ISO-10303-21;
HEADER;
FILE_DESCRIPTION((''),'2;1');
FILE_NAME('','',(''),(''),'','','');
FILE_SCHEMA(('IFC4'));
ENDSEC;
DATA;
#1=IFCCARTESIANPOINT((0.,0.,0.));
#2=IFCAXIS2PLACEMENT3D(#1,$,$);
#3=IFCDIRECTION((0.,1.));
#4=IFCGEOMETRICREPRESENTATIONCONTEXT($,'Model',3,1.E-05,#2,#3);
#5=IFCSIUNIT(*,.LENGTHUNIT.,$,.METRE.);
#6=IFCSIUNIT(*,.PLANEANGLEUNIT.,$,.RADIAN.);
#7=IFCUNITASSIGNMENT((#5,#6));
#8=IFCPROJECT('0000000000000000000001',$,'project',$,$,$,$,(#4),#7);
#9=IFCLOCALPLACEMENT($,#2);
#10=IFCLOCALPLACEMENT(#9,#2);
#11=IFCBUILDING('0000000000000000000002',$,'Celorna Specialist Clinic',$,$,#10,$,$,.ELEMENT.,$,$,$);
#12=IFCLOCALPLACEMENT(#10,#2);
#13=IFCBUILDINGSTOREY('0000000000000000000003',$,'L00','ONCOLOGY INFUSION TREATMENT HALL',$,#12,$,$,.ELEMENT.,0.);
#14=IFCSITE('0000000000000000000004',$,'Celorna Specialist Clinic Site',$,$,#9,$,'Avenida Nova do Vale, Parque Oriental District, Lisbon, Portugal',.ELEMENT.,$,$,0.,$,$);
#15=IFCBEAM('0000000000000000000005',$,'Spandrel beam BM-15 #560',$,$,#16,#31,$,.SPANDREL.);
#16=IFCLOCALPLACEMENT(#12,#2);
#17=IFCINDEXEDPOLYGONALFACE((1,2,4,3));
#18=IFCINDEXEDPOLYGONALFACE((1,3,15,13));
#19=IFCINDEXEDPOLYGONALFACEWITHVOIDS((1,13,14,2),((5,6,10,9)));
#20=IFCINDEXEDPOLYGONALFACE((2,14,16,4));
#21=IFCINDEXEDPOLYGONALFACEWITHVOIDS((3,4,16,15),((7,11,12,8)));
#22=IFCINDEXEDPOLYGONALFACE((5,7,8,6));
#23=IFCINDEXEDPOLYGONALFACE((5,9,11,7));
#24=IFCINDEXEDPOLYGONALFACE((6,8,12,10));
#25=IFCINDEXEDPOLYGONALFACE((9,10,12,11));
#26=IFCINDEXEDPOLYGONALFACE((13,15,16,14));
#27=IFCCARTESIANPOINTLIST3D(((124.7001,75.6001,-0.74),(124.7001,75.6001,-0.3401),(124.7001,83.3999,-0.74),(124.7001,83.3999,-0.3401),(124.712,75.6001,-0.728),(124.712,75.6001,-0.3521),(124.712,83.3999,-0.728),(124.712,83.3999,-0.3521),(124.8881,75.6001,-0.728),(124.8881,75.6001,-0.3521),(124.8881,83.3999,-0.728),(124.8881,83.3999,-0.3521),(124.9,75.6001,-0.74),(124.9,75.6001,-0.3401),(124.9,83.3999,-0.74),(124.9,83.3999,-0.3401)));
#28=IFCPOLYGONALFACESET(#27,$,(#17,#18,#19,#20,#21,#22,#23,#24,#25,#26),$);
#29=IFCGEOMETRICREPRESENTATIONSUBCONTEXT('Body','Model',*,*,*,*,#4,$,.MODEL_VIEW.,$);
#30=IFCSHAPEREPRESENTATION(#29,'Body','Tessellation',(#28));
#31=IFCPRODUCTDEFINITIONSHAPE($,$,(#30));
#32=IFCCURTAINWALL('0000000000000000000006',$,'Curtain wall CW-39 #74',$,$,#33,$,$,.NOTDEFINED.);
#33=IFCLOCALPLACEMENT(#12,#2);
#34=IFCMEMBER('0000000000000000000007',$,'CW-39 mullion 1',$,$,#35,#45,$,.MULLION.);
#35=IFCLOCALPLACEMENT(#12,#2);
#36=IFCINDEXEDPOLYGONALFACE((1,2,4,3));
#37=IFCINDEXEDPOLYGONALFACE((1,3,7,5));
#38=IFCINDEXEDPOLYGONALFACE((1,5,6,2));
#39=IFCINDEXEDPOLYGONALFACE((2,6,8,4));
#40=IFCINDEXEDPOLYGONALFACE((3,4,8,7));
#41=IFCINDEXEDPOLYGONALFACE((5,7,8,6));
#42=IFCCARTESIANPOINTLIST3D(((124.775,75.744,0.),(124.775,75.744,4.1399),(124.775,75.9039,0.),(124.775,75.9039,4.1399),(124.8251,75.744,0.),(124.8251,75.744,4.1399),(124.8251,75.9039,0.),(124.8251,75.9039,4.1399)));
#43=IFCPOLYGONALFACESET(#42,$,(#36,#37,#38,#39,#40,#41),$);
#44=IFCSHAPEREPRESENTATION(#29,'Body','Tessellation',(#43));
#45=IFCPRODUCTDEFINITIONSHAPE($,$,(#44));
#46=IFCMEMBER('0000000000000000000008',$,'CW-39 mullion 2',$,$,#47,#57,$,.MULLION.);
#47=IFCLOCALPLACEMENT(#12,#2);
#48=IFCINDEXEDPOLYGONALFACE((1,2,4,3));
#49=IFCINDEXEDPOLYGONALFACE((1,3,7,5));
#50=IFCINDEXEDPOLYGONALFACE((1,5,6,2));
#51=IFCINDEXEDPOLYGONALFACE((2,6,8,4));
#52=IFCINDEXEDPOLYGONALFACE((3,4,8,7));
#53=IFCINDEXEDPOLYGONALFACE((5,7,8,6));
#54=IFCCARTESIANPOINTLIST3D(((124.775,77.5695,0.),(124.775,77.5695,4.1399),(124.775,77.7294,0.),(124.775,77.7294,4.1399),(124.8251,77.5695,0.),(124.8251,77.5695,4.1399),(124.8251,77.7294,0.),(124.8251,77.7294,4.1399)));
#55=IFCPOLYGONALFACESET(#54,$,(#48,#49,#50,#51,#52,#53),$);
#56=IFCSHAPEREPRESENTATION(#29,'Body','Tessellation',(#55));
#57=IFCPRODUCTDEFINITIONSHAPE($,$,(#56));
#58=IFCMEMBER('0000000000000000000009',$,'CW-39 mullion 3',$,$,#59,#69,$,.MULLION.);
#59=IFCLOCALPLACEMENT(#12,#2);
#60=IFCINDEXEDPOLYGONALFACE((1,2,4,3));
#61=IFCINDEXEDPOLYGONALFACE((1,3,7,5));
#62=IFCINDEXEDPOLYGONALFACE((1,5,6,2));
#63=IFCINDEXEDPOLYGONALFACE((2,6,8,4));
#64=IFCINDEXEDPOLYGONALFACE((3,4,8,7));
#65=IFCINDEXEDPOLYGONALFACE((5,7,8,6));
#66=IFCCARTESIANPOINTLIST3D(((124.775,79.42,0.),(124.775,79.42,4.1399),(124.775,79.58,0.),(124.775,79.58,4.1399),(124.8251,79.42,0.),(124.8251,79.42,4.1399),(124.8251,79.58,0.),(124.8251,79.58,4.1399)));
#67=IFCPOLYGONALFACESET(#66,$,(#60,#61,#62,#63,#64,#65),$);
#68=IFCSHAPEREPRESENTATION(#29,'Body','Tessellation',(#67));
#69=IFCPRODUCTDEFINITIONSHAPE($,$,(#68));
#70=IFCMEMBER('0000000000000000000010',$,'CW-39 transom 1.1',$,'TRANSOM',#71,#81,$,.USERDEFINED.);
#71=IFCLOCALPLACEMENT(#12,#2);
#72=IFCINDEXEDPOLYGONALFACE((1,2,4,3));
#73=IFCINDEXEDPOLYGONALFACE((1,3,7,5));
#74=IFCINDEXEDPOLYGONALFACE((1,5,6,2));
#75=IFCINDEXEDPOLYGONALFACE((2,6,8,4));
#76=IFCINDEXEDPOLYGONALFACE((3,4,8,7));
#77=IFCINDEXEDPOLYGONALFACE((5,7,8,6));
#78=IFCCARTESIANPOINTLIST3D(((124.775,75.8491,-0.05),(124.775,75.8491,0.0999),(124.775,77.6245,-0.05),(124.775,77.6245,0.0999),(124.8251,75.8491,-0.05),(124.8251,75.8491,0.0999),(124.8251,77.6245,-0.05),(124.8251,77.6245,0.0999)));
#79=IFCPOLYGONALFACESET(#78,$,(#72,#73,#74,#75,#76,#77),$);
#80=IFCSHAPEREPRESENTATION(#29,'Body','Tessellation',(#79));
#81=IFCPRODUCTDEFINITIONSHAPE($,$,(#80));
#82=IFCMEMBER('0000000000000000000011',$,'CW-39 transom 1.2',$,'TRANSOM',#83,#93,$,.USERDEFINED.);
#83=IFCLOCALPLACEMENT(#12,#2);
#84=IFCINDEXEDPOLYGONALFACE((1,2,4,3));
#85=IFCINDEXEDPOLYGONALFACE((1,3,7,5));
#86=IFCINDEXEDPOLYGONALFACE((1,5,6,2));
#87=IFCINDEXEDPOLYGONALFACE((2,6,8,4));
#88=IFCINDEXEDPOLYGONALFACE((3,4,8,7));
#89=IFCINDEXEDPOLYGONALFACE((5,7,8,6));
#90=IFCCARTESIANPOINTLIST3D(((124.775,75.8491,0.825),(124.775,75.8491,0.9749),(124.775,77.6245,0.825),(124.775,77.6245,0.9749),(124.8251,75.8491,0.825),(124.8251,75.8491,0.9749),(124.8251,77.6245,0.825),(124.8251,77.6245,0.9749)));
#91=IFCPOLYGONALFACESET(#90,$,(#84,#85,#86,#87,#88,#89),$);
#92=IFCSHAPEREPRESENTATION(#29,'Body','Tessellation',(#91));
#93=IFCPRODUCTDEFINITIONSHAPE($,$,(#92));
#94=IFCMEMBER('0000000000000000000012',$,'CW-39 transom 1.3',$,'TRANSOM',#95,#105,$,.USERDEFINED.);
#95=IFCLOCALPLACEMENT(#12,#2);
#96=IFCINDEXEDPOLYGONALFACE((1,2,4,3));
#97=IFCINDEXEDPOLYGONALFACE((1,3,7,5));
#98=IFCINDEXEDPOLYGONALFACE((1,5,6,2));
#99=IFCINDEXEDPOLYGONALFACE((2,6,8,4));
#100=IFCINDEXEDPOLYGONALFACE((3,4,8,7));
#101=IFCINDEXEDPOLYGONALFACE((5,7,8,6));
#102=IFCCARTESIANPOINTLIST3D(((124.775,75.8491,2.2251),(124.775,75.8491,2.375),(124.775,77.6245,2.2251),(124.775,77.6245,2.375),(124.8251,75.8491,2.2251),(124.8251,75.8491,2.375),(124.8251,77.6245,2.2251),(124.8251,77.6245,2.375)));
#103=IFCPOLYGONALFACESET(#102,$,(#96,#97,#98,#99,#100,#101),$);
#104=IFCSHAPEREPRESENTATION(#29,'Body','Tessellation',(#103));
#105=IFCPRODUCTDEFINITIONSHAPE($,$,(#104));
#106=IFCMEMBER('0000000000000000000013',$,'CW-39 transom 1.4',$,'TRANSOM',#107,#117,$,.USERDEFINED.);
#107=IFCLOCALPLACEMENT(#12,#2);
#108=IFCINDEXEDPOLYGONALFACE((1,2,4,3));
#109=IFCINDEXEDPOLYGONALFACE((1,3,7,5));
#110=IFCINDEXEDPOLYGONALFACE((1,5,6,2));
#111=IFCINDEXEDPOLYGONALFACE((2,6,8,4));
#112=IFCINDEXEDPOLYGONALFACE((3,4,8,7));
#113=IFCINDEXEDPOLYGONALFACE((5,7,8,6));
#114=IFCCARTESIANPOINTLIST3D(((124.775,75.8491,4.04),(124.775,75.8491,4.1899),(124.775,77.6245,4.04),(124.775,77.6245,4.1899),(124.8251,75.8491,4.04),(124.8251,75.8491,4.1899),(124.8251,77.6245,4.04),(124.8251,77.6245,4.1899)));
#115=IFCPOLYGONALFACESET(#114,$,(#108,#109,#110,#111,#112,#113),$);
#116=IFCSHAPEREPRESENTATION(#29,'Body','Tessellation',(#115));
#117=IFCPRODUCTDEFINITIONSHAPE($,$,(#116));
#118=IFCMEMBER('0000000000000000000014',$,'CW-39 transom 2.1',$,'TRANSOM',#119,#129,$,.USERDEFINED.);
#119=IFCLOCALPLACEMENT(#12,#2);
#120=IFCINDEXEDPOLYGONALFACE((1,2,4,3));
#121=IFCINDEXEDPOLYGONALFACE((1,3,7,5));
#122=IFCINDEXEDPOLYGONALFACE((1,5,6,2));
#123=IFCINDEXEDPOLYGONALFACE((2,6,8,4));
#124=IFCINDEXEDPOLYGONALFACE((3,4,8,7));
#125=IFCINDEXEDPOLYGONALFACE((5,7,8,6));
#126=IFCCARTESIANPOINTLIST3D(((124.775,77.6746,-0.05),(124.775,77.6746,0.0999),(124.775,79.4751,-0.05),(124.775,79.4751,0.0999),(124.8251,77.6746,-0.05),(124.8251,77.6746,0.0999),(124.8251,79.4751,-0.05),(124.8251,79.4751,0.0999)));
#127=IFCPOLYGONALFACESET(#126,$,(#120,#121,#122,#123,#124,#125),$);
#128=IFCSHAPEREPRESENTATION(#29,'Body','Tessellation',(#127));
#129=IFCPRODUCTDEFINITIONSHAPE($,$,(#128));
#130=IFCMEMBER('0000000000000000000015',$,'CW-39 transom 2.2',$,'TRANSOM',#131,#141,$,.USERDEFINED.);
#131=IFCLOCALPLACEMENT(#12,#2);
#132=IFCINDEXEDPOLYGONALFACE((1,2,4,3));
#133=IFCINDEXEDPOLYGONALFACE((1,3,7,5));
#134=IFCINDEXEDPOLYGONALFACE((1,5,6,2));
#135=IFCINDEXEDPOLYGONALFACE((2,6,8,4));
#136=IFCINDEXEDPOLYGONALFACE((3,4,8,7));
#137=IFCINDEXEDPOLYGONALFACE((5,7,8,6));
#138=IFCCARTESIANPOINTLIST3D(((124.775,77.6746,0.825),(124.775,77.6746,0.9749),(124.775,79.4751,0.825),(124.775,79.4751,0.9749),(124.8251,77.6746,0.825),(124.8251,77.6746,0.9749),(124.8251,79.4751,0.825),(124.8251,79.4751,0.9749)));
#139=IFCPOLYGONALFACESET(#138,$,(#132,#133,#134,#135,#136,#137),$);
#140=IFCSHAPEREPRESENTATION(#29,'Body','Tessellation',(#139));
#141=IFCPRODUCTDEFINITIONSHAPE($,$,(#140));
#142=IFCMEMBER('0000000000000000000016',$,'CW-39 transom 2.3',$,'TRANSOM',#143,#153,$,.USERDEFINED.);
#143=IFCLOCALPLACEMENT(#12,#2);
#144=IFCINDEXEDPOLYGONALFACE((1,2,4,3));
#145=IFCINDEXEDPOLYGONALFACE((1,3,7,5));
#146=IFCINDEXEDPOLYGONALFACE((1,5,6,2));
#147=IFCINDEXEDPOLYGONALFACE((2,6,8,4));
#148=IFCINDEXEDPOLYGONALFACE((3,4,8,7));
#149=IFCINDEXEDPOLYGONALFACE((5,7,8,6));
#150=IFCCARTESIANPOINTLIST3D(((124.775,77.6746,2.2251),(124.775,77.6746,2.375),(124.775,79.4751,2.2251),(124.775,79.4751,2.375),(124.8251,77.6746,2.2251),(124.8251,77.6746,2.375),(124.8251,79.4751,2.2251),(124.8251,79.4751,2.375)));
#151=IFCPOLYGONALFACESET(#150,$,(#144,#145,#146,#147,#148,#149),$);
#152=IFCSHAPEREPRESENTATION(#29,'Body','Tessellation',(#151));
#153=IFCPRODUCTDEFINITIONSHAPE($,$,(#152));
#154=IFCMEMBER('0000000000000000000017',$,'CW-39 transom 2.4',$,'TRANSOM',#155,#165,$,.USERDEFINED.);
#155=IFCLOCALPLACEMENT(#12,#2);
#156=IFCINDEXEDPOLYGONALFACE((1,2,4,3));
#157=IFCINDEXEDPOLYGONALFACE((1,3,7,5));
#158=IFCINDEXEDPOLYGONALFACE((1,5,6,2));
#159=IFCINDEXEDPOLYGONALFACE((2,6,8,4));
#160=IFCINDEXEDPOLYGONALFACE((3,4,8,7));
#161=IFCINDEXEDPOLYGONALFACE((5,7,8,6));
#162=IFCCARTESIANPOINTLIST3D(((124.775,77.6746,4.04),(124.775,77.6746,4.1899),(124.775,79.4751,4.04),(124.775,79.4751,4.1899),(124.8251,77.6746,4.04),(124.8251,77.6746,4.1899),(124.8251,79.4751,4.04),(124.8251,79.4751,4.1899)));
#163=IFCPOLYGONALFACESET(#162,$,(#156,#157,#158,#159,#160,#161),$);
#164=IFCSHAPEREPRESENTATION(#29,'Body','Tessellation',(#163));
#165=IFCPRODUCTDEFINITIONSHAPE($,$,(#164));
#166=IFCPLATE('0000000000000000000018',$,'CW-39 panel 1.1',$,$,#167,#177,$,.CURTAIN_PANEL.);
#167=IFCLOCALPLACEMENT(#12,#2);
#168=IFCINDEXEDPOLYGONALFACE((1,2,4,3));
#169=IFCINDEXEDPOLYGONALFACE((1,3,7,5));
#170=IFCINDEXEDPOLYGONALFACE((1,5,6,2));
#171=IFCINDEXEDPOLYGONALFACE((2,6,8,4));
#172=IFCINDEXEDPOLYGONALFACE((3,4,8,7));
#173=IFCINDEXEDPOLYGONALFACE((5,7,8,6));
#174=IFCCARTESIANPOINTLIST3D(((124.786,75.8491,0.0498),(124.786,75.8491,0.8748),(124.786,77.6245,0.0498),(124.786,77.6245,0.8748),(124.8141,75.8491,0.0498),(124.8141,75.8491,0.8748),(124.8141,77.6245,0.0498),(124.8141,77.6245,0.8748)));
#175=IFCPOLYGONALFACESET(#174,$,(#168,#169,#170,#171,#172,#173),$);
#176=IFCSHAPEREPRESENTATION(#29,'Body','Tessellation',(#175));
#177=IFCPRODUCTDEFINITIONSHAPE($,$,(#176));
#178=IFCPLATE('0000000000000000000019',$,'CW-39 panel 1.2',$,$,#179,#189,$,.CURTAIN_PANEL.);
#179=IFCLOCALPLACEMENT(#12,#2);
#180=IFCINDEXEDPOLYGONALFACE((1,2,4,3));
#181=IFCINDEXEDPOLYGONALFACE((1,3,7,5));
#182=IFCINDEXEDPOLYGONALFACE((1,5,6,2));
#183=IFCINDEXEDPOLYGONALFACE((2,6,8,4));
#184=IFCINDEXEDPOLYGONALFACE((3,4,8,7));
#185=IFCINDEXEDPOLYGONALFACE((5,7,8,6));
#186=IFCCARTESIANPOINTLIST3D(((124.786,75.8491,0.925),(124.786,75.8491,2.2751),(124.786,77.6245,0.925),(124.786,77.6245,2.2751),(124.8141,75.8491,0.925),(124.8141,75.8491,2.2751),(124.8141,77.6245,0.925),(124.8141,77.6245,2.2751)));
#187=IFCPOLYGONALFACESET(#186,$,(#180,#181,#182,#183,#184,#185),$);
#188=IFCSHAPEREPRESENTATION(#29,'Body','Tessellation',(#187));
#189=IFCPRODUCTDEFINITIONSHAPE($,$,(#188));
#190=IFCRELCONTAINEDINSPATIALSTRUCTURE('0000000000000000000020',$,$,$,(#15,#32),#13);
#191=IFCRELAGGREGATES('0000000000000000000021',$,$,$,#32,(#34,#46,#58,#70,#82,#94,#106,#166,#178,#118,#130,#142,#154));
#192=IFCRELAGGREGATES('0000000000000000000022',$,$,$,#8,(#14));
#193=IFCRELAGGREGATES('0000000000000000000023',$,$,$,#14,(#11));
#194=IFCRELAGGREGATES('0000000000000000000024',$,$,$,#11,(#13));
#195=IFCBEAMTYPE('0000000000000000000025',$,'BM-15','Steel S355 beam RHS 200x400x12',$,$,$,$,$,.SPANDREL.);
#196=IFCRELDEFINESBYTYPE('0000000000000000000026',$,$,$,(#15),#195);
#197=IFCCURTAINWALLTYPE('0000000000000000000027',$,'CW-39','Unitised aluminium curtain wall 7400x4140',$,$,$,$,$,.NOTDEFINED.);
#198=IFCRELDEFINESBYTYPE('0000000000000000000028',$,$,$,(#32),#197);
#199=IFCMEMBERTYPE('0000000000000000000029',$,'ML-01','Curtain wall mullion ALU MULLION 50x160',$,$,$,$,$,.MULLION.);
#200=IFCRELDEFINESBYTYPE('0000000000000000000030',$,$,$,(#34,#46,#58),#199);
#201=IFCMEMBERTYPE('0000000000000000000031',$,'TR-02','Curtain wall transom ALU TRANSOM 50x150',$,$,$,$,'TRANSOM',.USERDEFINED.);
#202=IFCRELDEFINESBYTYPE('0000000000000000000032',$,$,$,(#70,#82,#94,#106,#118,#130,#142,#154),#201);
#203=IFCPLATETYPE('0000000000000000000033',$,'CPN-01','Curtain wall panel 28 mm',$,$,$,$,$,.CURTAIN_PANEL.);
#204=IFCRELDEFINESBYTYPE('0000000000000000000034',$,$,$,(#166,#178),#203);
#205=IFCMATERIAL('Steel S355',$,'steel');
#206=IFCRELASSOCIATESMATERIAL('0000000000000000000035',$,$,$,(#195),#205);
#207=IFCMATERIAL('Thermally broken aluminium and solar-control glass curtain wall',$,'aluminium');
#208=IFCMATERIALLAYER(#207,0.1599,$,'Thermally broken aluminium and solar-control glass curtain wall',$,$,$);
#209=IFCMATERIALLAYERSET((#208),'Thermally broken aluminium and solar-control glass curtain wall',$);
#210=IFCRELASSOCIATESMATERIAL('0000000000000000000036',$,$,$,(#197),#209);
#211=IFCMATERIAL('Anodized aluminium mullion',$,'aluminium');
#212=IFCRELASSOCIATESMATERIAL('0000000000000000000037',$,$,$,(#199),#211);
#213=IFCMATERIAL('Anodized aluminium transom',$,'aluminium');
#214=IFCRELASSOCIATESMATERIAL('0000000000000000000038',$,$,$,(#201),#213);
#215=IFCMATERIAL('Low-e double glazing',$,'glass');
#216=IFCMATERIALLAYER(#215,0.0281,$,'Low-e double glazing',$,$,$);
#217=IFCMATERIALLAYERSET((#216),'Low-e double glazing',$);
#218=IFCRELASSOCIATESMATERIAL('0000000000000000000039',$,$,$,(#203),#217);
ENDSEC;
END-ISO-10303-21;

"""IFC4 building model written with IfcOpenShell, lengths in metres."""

from ifc_helpers import new_model, si_unit, direction, frame, origin, origin_2d, place, context, subcontext, project, spatial, rectangle, hollow_rectangle, extrude, material, layer, layer_set, material_profile, profile_set, type_object, element, aggregate, save


model = new_model("IFC4")

# Units and contexts
model_context = context("Model", 3, precision=1e-05, world=origin(), true_north=direction((0.0, 1.0)))
body_context = subcontext(model_context, "Body", "Model", "MODEL_VIEW")
ifc_project = project(units=[si_unit("LENGTHUNIT", "METRE"), si_unit("PLANEANGLEUNIT", "RADIAN")], contexts=[model_context])

# Site, building, storey
site_placement = place(None, origin())
site = spatial("IfcSite", under=ifc_project, at=site_placement, Name="Celorna Specialist Clinic Site", LongName="Avenida Nova do Vale, Parque Oriental District, Lisbon, Portugal", CompositionType="ELEMENT", RefElevation=0.0)
building_placement = place(site_placement, origin())
building = spatial("IfcBuilding", under=site, at=building_placement, Name="Celorna Specialist Clinic", CompositionType="ELEMENT")
storey_placement = place(building_placement, origin())
storey = spatial("IfcBuildingStorey", under=building, at=storey_placement, Name="L00", Description="ONCOLOGY INFUSION TREATMENT HALL", CompositionType="ELEMENT", Elevation=0.0)

# Beam
ifc_material_1 = material(Name="Steel S355", Category="steel")
ifc_material_profile_1 = material_profile(ifc_material_1, hollow_rectangle(XDim=0.2, YDim=0.3999, WallThickness=0.012, at=origin_2d()), Name="RHS 200x400x12")
ifc_profile_set_1 = profile_set([ifc_material_profile_1], Name="Steel S355")
beam_type = type_object("IfcBeamType", Name="BM-15", Description="Steel S355 beam RHS 200x400x12", PredefinedType="SPANDREL", material=ifc_profile_set_1)
beam_placement = place(storey_placement, frame((124.8, 75.6001, -0.54), z_axis=(0.0, 1.0, 0.0), x_axis=(-1.0, 0.0, 0.0)))
element("IfcBeam", 1, at=beam_placement, inside=storey, type_object=beam_type, Name="Spandrel beam BM-15 #560", PredefinedType="SPANDREL", context=body_context, shape_type="SweptSolid", body=[
    extrude(hollow_rectangle(XDim=0.2, YDim=0.3999, WallThickness=0.012, at=origin_2d()), origin(), (0.0, 0.0, 1.0), 7.7998),
])

# Curtain wall, members, plates
ifc_material_2 = material(Name="Thermally broken aluminium and solar-control glass curtain wall", Category="aluminium")
ifc_layer_1 = layer(ifc_material_2, 0.1599, Name="Thermally broken aluminium and solar-control glass curtain wall")
ifc_layer_set_1 = layer_set([ifc_layer_1], Name="Thermally broken aluminium and solar-control glass curtain wall")
curtain_wall_type = type_object("IfcCurtainWallType", Name="CW-39", Description="Unitised aluminium curtain wall 7400x4140", PredefinedType="NOTDEFINED", material=ifc_layer_set_1)
curtain_wall_placement = place(storey_placement, origin())
curtain_wall = element("IfcCurtainWall", 2, at=curtain_wall_placement, inside=storey, type_object=curtain_wall_type, Name="Curtain wall CW-39 #74", PredefinedType="NOTDEFINED")
ifc_material_3 = material(Name="Anodized aluminium mullion", Category="aluminium")
ifc_material_profile_2 = material_profile(ifc_material_3, rectangle(XDim=0.05, YDim=0.1599, at=origin_2d()), Name="ALU MULLION 50x160")
ifc_profile_set_2 = profile_set([ifc_material_profile_2], Name="Anodized aluminium mullion")
member_type_1 = type_object("IfcMemberType", Name="ML-01", Description="Curtain wall mullion ALU MULLION 50x160", PredefinedType="MULLION", material=ifc_profile_set_2)
member_1_placement = place(storey_placement, frame((124.8, 75.824, 0.0), z_axis=(0.0, 0.0, 1.0), x_axis=(-1.0, 0.0, 0.0)))
member_1 = element("IfcMember", 3, at=member_1_placement, type_object=member_type_1, Name="CW-39 mullion 1", PredefinedType="MULLION", context=body_context, shape_type="SweptSolid", body=[
    extrude(rectangle(XDim=0.05, YDim=0.1599, at=origin_2d()), origin(), (0.0, 0.0, 1.0), 4.1399),
])
member_2_placement = place(storey_placement, frame((124.8, 77.6494, 0.0), z_axis=(0.0, 0.0, 1.0), x_axis=(-1.0, 0.0, 0.0)))
member_2 = element("IfcMember", 4, at=member_2_placement, type_object=member_type_1, Name="CW-39 mullion 2", PredefinedType="MULLION", context=body_context, shape_type="SweptSolid", body=[
    extrude(rectangle(XDim=0.05, YDim=0.1599, at=origin_2d()), origin(), (0.0, 0.0, 1.0), 4.1399),
])
member_3_placement = place(storey_placement, frame((124.8, 79.5, 0.0), z_axis=(0.0, 0.0, 1.0), x_axis=(-1.0, 0.0, 0.0)))
member_3 = element("IfcMember", 5, at=member_3_placement, type_object=member_type_1, Name="CW-39 mullion 3", PredefinedType="MULLION", context=body_context, shape_type="SweptSolid", body=[
    extrude(rectangle(XDim=0.05, YDim=0.1599, at=origin_2d()), origin(), (0.0, 0.0, 1.0), 4.1399),
])
ifc_material_4 = material(Name="Anodized aluminium transom", Category="aluminium")
ifc_material_profile_3 = material_profile(ifc_material_4, rectangle(XDim=0.05, YDim=0.1499, at=origin_2d()), Name="ALU TRANSOM 50x150")
ifc_profile_set_3 = profile_set([ifc_material_profile_3], Name="Anodized aluminium transom")
member_type_2 = type_object("IfcMemberType", Name="TR-02", Description="Curtain wall transom ALU TRANSOM 50x150", ElementType="TRANSOM", PredefinedType="USERDEFINED", material=ifc_profile_set_3)
member_4_placement = place(storey_placement, frame((124.8, 75.8491, 0.0249), z_axis=(0.0, 1.0, 0.0), x_axis=(-1.0, 0.0, 0.0)))
member_4 = element("IfcMember", 6, at=member_4_placement, type_object=member_type_2, Name="CW-39 transom 1.1", ObjectType="TRANSOM", PredefinedType="USERDEFINED", context=body_context, shape_type="SweptSolid", body=[
    extrude(rectangle(XDim=0.05, YDim=0.1499, at=origin_2d()), origin(), (0.0, 0.0, 1.0), 1.7754),
])
member_5_placement = place(storey_placement, frame((124.8, 75.8491, 0.8999), z_axis=(0.0, 1.0, 0.0), x_axis=(-1.0, 0.0, 0.0)))
member_5 = element("IfcMember", 7, at=member_5_placement, type_object=member_type_2, Name="CW-39 transom 1.2", ObjectType="TRANSOM", PredefinedType="USERDEFINED", context=body_context, shape_type="SweptSolid", body=[
    extrude(rectangle(XDim=0.05, YDim=0.1499, at=origin_2d()), origin(), (0.0, 0.0, 1.0), 1.7754),
])
member_6_placement = place(storey_placement, frame((124.8, 75.8491, 2.3), z_axis=(0.0, 1.0, 0.0), x_axis=(-1.0, 0.0, 0.0)))
member_6 = element("IfcMember", 8, at=member_6_placement, type_object=member_type_2, Name="CW-39 transom 1.3", ObjectType="TRANSOM", PredefinedType="USERDEFINED", context=body_context, shape_type="SweptSolid", body=[
    extrude(rectangle(XDim=0.05, YDim=0.1499, at=origin_2d()), origin(), (0.0, 0.0, 1.0), 1.7754),
])
member_7_placement = place(storey_placement, frame((124.8, 75.8491, 4.115), z_axis=(0.0, 1.0, 0.0), x_axis=(-1.0, 0.0, 0.0)))
member_7 = element("IfcMember", 9, at=member_7_placement, type_object=member_type_2, Name="CW-39 transom 1.4", ObjectType="TRANSOM", PredefinedType="USERDEFINED", context=body_context, shape_type="SweptSolid", body=[
    extrude(rectangle(XDim=0.05, YDim=0.1499, at=origin_2d()), origin(), (0.0, 0.0, 1.0), 1.7754),
])
member_8_placement = place(storey_placement, frame((124.8, 77.6746, 0.0249), z_axis=(0.0, 1.0, 0.0), x_axis=(-1.0, 0.0, 0.0)))
member_8 = element("IfcMember", 10, at=member_8_placement, type_object=member_type_2, Name="CW-39 transom 2.1", ObjectType="TRANSOM", PredefinedType="USERDEFINED", context=body_context, shape_type="SweptSolid", body=[
    extrude(rectangle(XDim=0.05, YDim=0.1499, at=origin_2d()), origin(), (0.0, 0.0, 1.0), 1.8005),
])
member_9_placement = place(storey_placement, frame((124.8, 77.6746, 0.8999), z_axis=(0.0, 1.0, 0.0), x_axis=(-1.0, 0.0, 0.0)))
member_9 = element("IfcMember", 11, at=member_9_placement, type_object=member_type_2, Name="CW-39 transom 2.2", ObjectType="TRANSOM", PredefinedType="USERDEFINED", context=body_context, shape_type="SweptSolid", body=[
    extrude(rectangle(XDim=0.05, YDim=0.1499, at=origin_2d()), origin(), (0.0, 0.0, 1.0), 1.8005),
])
member_10_placement = place(storey_placement, frame((124.8, 77.6746, 2.3), z_axis=(0.0, 1.0, 0.0), x_axis=(-1.0, 0.0, 0.0)))
member_10 = element("IfcMember", 12, at=member_10_placement, type_object=member_type_2, Name="CW-39 transom 2.3", ObjectType="TRANSOM", PredefinedType="USERDEFINED", context=body_context, shape_type="SweptSolid", body=[
    extrude(rectangle(XDim=0.05, YDim=0.1499, at=origin_2d()), origin(), (0.0, 0.0, 1.0), 1.8005),
])
member_11_placement = place(storey_placement, frame((124.8, 77.6746, 4.115), z_axis=(0.0, 1.0, 0.0), x_axis=(-1.0, 0.0, 0.0)))
member_11 = element("IfcMember", 13, at=member_11_placement, type_object=member_type_2, Name="CW-39 transom 2.4", ObjectType="TRANSOM", PredefinedType="USERDEFINED", context=body_context, shape_type="SweptSolid", body=[
    extrude(rectangle(XDim=0.05, YDim=0.1499, at=origin_2d()), origin(), (0.0, 0.0, 1.0), 1.8005),
])
ifc_material_5 = material(Name="Low-e double glazing", Category="glass")
ifc_layer_2 = layer(ifc_material_5, 0.0281, Name="Low-e double glazing")
ifc_layer_set_2 = layer_set([ifc_layer_2], Name="Low-e double glazing")
plate_type = type_object("IfcPlateType", Name="CPN-01", Description="Curtain wall panel 28 mm", PredefinedType="CURTAIN_PANEL", material=ifc_layer_set_2)
plate_1_placement = place(storey_placement, frame((124.8, 76.7368, 0.0498), z_axis=(0.0, 0.0, 1.0), x_axis=(0.0, 1.0, 0.0)))
plate_1 = element("IfcPlate", 14, at=plate_1_placement, type_object=plate_type, Name="CW-39 panel 1.1", PredefinedType="CURTAIN_PANEL", context=body_context, shape_type="SweptSolid", body=[
    extrude(rectangle(XDim=1.7754, YDim=0.0281, at=origin_2d()), origin(), (0.0, 0.0, 1.0), 0.825),
])
plate_2_placement = place(storey_placement, frame((124.8, 76.7368, 0.925), z_axis=(0.0, 0.0, 1.0), x_axis=(0.0, 1.0, 0.0)))
plate_2 = element("IfcPlate", 15, at=plate_2_placement, type_object=plate_type, Name="CW-39 panel 1.2", PredefinedType="CURTAIN_PANEL", context=body_context, shape_type="SweptSolid", body=[
    extrude(rectangle(XDim=1.7754, YDim=0.0281, at=origin_2d()), origin(), (0.0, 0.0, 1.0), 1.3501),
])
aggregate(curtain_wall, [member_1, member_2, member_3, member_4, member_5, member_6, member_7, plate_1, plate_2, member_8, member_9, member_10, member_11])

save(model, "model.ifc")
